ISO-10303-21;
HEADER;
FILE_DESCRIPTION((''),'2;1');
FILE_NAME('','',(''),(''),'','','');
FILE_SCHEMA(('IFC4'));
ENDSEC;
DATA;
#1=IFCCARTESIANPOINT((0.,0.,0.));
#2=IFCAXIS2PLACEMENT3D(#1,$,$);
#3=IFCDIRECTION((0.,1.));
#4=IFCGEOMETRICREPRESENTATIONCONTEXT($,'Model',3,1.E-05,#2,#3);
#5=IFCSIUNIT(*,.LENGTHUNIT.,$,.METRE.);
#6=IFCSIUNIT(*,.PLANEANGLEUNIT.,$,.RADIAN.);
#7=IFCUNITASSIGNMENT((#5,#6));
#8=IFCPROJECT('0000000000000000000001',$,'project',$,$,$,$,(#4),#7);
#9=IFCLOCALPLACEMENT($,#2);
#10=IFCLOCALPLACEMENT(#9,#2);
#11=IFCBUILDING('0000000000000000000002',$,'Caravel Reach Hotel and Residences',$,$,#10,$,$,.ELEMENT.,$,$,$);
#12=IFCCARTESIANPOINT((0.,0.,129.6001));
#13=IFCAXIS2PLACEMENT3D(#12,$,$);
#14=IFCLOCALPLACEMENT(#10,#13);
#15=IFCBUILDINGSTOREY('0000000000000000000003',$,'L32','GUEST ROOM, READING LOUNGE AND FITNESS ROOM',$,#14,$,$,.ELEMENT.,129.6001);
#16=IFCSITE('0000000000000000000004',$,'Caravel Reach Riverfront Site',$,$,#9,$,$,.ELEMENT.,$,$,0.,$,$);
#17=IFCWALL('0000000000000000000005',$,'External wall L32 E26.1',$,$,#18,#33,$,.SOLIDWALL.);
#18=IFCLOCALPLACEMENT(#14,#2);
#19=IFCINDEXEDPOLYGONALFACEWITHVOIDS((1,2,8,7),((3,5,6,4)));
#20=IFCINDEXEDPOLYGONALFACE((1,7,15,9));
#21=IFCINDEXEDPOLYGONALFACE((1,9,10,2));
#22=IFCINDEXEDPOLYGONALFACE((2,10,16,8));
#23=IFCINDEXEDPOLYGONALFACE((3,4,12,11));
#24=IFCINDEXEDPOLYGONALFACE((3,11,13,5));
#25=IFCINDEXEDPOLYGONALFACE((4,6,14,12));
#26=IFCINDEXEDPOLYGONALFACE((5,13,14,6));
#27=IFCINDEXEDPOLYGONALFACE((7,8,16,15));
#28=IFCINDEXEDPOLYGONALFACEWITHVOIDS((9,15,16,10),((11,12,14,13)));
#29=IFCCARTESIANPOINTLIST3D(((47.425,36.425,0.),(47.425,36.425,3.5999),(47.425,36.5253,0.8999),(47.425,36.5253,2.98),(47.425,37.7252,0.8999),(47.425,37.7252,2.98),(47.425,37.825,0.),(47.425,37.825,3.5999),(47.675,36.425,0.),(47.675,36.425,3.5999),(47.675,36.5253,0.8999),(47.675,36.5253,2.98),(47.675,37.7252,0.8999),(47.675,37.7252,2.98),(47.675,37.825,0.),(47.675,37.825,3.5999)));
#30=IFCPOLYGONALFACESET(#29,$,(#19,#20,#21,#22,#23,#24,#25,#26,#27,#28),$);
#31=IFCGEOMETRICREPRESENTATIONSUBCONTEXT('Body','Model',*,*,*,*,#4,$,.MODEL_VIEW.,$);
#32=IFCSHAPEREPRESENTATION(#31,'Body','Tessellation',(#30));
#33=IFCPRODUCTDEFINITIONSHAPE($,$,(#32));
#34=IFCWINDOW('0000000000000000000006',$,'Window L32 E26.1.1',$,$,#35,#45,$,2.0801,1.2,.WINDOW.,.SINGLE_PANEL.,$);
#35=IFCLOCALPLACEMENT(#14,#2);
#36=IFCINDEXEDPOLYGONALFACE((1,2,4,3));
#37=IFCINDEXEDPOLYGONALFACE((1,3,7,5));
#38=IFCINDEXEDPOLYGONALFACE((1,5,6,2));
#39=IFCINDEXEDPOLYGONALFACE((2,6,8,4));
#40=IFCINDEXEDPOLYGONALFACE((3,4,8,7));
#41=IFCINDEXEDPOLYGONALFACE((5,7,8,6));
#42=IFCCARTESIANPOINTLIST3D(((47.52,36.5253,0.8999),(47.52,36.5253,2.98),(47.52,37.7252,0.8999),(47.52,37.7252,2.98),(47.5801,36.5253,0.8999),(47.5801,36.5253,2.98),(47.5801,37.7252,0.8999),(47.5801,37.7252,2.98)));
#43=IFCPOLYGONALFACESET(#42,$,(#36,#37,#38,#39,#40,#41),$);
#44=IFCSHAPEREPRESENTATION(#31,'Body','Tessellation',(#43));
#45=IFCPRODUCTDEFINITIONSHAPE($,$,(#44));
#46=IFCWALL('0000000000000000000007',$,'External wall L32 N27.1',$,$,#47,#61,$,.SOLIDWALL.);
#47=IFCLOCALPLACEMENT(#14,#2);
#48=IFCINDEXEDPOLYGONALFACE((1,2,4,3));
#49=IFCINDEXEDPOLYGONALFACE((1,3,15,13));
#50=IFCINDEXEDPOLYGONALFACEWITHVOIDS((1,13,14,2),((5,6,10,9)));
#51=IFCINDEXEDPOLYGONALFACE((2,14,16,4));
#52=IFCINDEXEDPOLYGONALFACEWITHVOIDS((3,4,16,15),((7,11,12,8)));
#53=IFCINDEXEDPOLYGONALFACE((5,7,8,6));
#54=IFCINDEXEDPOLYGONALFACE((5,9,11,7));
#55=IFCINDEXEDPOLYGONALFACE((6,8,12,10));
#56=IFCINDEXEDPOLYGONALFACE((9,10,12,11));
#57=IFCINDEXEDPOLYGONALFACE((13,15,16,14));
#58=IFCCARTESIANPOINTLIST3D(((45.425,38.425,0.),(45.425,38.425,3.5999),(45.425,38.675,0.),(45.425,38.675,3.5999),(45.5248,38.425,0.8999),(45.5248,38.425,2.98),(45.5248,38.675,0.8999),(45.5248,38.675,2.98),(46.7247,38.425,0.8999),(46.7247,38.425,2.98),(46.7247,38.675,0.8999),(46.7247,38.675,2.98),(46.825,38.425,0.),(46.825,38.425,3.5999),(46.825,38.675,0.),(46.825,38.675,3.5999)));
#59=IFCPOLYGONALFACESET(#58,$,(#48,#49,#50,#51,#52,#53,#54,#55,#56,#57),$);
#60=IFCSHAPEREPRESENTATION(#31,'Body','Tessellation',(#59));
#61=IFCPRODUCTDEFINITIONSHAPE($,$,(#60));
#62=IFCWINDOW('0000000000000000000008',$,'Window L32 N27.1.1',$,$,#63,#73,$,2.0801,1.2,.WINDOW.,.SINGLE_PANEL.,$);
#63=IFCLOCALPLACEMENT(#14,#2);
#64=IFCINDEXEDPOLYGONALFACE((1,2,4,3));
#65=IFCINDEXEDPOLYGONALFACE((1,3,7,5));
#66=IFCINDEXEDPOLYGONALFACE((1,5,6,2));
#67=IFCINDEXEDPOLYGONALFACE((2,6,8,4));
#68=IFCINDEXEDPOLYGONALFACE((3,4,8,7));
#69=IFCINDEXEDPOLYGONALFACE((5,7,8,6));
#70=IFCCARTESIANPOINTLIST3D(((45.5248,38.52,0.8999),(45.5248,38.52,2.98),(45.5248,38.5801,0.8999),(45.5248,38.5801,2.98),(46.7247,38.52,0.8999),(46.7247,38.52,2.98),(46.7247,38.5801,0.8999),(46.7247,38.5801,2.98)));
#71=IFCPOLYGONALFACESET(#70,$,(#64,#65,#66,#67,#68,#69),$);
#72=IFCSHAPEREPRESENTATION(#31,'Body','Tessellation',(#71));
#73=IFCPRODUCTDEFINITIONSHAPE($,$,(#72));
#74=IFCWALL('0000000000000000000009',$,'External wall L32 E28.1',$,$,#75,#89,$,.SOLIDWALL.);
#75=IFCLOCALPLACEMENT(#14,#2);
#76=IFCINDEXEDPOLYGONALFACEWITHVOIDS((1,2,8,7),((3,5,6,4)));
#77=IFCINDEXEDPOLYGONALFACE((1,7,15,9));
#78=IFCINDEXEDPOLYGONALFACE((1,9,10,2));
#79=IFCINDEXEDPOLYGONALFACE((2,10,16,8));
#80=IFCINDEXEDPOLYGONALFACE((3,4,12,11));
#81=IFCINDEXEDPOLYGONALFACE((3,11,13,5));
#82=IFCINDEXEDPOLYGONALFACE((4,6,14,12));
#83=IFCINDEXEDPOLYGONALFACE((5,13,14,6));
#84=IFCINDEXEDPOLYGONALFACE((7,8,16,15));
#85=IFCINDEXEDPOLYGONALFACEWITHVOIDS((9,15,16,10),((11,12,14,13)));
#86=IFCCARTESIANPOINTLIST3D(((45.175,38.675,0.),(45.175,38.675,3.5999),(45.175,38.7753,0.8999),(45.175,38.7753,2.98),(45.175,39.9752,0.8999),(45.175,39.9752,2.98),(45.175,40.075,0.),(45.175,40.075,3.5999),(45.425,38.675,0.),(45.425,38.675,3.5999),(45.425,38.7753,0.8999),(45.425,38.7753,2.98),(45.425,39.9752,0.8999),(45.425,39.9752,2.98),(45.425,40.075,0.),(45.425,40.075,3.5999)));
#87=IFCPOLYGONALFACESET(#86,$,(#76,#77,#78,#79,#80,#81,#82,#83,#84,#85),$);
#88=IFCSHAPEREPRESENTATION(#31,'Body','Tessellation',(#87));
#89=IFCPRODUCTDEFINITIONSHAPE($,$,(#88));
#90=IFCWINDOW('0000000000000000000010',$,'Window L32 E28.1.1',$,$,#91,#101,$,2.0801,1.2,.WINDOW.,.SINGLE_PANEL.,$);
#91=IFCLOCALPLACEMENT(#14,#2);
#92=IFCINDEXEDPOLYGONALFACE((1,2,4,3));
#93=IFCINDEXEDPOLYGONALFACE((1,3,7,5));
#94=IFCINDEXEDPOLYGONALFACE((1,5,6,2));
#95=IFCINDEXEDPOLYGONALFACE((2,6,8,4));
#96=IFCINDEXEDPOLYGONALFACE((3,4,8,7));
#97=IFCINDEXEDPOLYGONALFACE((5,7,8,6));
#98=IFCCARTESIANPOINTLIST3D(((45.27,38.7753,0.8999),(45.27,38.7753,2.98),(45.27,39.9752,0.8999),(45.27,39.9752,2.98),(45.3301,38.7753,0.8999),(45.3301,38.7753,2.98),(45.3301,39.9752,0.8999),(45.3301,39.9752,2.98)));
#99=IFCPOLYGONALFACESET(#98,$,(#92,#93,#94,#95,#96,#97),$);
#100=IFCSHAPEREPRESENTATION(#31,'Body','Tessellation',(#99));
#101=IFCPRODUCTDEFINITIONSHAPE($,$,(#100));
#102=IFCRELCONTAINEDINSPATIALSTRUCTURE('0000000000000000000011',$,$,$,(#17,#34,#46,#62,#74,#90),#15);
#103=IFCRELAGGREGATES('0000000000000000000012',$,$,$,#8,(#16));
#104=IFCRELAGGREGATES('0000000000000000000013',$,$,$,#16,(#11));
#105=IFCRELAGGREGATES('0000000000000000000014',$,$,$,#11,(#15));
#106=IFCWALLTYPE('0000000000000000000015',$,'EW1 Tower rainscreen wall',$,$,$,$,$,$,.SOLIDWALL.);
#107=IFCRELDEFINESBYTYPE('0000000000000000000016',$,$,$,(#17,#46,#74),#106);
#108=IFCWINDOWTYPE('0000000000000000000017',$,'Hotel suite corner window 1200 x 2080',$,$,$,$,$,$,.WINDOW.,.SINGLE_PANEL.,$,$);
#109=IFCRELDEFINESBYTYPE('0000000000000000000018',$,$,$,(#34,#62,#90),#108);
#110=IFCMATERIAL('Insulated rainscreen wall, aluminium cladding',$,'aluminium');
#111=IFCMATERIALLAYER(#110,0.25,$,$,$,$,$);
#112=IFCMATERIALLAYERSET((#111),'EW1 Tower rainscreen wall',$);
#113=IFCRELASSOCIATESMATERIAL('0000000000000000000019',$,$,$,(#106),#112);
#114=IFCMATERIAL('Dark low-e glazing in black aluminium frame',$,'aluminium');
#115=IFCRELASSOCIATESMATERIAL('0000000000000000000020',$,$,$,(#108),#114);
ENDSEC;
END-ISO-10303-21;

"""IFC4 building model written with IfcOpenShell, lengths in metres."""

from ifc_helpers import new_model, si_unit, direction, frame, frame_2d, origin, place, context, subcontext, project, spatial, rectangle, extrude, material, layer, layer_set, type_object, element, fill, save


model = new_model("IFC4")

# Units and contexts
model_context = context("Model", 3, precision=1e-05, world=origin(), true_north=direction((0.0, 1.0)))
body_context = subcontext(model_context, "Body", "Model", "MODEL_VIEW")
ifc_project = project(units=[si_unit("LENGTHUNIT", "METRE"), si_unit("PLANEANGLEUNIT", "RADIAN")], contexts=[model_context])

# Site, building, storey
site_placement = place(None, origin())
site = spatial("IfcSite", under=ifc_project, at=site_placement, Name="Caravel Reach Riverfront Site", CompositionType="ELEMENT", RefElevation=0.0)
building_placement = place(site_placement, origin())
building = spatial("IfcBuilding", under=site, at=building_placement, Name="Caravel Reach Hotel and Residences", CompositionType="ELEMENT")
storey_placement = place(building_placement, frame((0.0, 0.0, 129.6001)))
storey = spatial("IfcBuildingStorey", under=building, at=storey_placement, Name="L32", Description="GUEST ROOM, READING LOUNGE AND FITNESS ROOM", CompositionType="ELEMENT", Elevation=129.6001)

# Walls, openings, windows
ifc_material_1 = material(Name="Insulated rainscreen wall, aluminium cladding", Category="aluminium")
ifc_layer = layer(ifc_material_1, 0.25)
ifc_layer_set = layer_set([ifc_layer], Name="EW1 Tower rainscreen wall")
wall_type = type_object("IfcWallType", Name="EW1 Tower rainscreen wall", PredefinedType="SOLIDWALL", material=ifc_layer_set)
wall_1_placement = place(storey_placement, frame((47.55, 36.425, 0.0), z_axis=(0.0, 0.0, 1.0), x_axis=(0.0, 1.0, 0.0)))
wall_1 = element("IfcWall", 1, at=wall_1_placement, inside=storey, type_object=wall_type, Name="External wall L32 E26.1", PredefinedType="SOLIDWALL", context=body_context, shape_type="SweptSolid", body=[
    extrude(rectangle(XDim=1.3999, YDim=0.25, at=frame_2d((0.7, 0.0))), origin(), (0.0, 0.0, 1.0), 3.5999),
])
opening_1_placement = place(wall_1_placement, frame((0.1001, 0.0, 0.8999)))
opening_1 = element("IfcOpeningElement", 2, at=opening_1_placement, cuts=wall_1, PredefinedType="OPENING", context=body_context, shape_type="SweptSolid", body=[
    extrude(rectangle(XDim=1.2, YDim=2.0801, at=frame_2d((0.6001, 1.04))), frame((0.0, 0.135, 0.0), z_axis=(0.0, -1.0, 0.0), x_axis=(1.0, 0.0, 0.0)), (0.0, 0.0, 1.0), 0.27),
])
ifc_material_2 = material(Name="Dark low-e glazing in black aluminium frame", Category="aluminium")
window_type = type_object("IfcWindowType", Name="Hotel suite corner window 1200 x 2080", PartitioningType="SINGLE_PANEL", PredefinedType="WINDOW", material=ifc_material_2)
window_1_placement = place(opening_1_placement, origin())
window_1 = element("IfcWindow", 3, at=window_1_placement, inside=storey, type_object=window_type, Name="Window L32 E26.1.1", OverallHeight=2.0801, OverallWidth=1.2, PartitioningType="SINGLE_PANEL", PredefinedType="WINDOW", context=body_context, shape_type="SweptSolid", body=[
    extrude(rectangle(XDim=1.2, YDim=2.0801, at=frame_2d((0.6001, 1.04))), frame((0.0, 0.03, 0.0), z_axis=(0.0, -1.0, 0.0), x_axis=(1.0, 0.0, 0.0)), (0.0, 0.0, 1.0), 0.0601),
])
fill(opening_1, window_1)
wall_2_placement = place(storey_placement, frame((46.825, 38.55, 0.0), z_axis=(0.0, 0.0, 1.0), x_axis=(-1.0, 0.0, 0.0)))
wall_2 = element("IfcWall", 4, at=wall_2_placement, inside=storey, type_object=wall_type, Name="External wall L32 N27.1", PredefinedType="SOLIDWALL", context=body_context, shape_type="SweptSolid", body=[
    extrude(rectangle(XDim=1.3999, YDim=0.25, at=frame_2d((0.7, 0.0))), origin(), (0.0, 0.0, 1.0), 3.5999),
])
opening_2_placement = place(wall_2_placement, frame((0.1001, 0.0, 0.8999)))
opening_2 = element("IfcOpeningElement", 5, at=opening_2_placement, cuts=wall_2, PredefinedType="OPENING", context=body_context, shape_type="SweptSolid", body=[
    extrude(rectangle(XDim=1.2, YDim=2.0801, at=frame_2d((0.6001, 1.04))), frame((0.0, 0.135, 0.0), z_axis=(0.0, -1.0, 0.0), x_axis=(1.0, 0.0, 0.0)), (0.0, 0.0, 1.0), 0.27),
])
window_2_placement = place(opening_2_placement, origin())
window_2 = element("IfcWindow", 6, at=window_2_placement, inside=storey, type_object=window_type, Name="Window L32 N27.1.1", OverallHeight=2.0801, OverallWidth=1.2, PartitioningType="SINGLE_PANEL", PredefinedType="WINDOW", context=body_context, shape_type="SweptSolid", body=[
    extrude(rectangle(XDim=1.2, YDim=2.0801, at=frame_2d((0.6001, 1.04))), frame((0.0, 0.03, 0.0), z_axis=(0.0, -1.0, 0.0), x_axis=(1.0, 0.0, 0.0)), (0.0, 0.0, 1.0), 0.0601),
])
fill(opening_2, window_2)
wall_3_placement = place(storey_placement, frame((45.3, 38.675, 0.0), z_axis=(0.0, 0.0, 1.0), x_axis=(0.0, 1.0, 0.0)))
wall_3 = element("IfcWall", 7, at=wall_3_placement, inside=storey, type_object=wall_type, Name="External wall L32 E28.1", PredefinedType="SOLIDWALL", context=body_context, shape_type="SweptSolid", body=[
    extrude(rectangle(XDim=1.3999, YDim=0.25, at=frame_2d((0.7, 0.0))), origin(), (0.0, 0.0, 1.0), 3.5999),
])
opening_3_placement = place(wall_3_placement, frame((0.1001, 0.0, 0.8999)))
opening_3 = element("IfcOpeningElement", 8, at=opening_3_placement, cuts=wall_3, PredefinedType="OPENING", context=body_context, shape_type="SweptSolid", body=[
    extrude(rectangle(XDim=1.2, YDim=2.0801, at=frame_2d((0.6001, 1.04))), frame((0.0, 0.135, 0.0), z_axis=(0.0, -1.0, 0.0), x_axis=(1.0, 0.0, 0.0)), (0.0, 0.0, 1.0), 0.27),
])
window_3_placement = place(opening_3_placement, origin())
window_3 = element("IfcWindow", 9, at=window_3_placement, inside=storey, type_object=window_type, Name="Window L32 E28.1.1", OverallHeight=2.0801, OverallWidth=1.2, PartitioningType="SINGLE_PANEL", PredefinedType="WINDOW", context=body_context, shape_type="SweptSolid", body=[
    extrude(rectangle(XDim=1.2, YDim=2.0801, at=frame_2d((0.6001, 1.04))), frame((0.0, 0.03, 0.0), z_axis=(0.0, -1.0, 0.0), x_axis=(1.0, 0.0, 0.0)), (0.0, 0.0, 1.0), 0.0601),
])
fill(opening_3, window_3)

save(model, "model.ifc")
